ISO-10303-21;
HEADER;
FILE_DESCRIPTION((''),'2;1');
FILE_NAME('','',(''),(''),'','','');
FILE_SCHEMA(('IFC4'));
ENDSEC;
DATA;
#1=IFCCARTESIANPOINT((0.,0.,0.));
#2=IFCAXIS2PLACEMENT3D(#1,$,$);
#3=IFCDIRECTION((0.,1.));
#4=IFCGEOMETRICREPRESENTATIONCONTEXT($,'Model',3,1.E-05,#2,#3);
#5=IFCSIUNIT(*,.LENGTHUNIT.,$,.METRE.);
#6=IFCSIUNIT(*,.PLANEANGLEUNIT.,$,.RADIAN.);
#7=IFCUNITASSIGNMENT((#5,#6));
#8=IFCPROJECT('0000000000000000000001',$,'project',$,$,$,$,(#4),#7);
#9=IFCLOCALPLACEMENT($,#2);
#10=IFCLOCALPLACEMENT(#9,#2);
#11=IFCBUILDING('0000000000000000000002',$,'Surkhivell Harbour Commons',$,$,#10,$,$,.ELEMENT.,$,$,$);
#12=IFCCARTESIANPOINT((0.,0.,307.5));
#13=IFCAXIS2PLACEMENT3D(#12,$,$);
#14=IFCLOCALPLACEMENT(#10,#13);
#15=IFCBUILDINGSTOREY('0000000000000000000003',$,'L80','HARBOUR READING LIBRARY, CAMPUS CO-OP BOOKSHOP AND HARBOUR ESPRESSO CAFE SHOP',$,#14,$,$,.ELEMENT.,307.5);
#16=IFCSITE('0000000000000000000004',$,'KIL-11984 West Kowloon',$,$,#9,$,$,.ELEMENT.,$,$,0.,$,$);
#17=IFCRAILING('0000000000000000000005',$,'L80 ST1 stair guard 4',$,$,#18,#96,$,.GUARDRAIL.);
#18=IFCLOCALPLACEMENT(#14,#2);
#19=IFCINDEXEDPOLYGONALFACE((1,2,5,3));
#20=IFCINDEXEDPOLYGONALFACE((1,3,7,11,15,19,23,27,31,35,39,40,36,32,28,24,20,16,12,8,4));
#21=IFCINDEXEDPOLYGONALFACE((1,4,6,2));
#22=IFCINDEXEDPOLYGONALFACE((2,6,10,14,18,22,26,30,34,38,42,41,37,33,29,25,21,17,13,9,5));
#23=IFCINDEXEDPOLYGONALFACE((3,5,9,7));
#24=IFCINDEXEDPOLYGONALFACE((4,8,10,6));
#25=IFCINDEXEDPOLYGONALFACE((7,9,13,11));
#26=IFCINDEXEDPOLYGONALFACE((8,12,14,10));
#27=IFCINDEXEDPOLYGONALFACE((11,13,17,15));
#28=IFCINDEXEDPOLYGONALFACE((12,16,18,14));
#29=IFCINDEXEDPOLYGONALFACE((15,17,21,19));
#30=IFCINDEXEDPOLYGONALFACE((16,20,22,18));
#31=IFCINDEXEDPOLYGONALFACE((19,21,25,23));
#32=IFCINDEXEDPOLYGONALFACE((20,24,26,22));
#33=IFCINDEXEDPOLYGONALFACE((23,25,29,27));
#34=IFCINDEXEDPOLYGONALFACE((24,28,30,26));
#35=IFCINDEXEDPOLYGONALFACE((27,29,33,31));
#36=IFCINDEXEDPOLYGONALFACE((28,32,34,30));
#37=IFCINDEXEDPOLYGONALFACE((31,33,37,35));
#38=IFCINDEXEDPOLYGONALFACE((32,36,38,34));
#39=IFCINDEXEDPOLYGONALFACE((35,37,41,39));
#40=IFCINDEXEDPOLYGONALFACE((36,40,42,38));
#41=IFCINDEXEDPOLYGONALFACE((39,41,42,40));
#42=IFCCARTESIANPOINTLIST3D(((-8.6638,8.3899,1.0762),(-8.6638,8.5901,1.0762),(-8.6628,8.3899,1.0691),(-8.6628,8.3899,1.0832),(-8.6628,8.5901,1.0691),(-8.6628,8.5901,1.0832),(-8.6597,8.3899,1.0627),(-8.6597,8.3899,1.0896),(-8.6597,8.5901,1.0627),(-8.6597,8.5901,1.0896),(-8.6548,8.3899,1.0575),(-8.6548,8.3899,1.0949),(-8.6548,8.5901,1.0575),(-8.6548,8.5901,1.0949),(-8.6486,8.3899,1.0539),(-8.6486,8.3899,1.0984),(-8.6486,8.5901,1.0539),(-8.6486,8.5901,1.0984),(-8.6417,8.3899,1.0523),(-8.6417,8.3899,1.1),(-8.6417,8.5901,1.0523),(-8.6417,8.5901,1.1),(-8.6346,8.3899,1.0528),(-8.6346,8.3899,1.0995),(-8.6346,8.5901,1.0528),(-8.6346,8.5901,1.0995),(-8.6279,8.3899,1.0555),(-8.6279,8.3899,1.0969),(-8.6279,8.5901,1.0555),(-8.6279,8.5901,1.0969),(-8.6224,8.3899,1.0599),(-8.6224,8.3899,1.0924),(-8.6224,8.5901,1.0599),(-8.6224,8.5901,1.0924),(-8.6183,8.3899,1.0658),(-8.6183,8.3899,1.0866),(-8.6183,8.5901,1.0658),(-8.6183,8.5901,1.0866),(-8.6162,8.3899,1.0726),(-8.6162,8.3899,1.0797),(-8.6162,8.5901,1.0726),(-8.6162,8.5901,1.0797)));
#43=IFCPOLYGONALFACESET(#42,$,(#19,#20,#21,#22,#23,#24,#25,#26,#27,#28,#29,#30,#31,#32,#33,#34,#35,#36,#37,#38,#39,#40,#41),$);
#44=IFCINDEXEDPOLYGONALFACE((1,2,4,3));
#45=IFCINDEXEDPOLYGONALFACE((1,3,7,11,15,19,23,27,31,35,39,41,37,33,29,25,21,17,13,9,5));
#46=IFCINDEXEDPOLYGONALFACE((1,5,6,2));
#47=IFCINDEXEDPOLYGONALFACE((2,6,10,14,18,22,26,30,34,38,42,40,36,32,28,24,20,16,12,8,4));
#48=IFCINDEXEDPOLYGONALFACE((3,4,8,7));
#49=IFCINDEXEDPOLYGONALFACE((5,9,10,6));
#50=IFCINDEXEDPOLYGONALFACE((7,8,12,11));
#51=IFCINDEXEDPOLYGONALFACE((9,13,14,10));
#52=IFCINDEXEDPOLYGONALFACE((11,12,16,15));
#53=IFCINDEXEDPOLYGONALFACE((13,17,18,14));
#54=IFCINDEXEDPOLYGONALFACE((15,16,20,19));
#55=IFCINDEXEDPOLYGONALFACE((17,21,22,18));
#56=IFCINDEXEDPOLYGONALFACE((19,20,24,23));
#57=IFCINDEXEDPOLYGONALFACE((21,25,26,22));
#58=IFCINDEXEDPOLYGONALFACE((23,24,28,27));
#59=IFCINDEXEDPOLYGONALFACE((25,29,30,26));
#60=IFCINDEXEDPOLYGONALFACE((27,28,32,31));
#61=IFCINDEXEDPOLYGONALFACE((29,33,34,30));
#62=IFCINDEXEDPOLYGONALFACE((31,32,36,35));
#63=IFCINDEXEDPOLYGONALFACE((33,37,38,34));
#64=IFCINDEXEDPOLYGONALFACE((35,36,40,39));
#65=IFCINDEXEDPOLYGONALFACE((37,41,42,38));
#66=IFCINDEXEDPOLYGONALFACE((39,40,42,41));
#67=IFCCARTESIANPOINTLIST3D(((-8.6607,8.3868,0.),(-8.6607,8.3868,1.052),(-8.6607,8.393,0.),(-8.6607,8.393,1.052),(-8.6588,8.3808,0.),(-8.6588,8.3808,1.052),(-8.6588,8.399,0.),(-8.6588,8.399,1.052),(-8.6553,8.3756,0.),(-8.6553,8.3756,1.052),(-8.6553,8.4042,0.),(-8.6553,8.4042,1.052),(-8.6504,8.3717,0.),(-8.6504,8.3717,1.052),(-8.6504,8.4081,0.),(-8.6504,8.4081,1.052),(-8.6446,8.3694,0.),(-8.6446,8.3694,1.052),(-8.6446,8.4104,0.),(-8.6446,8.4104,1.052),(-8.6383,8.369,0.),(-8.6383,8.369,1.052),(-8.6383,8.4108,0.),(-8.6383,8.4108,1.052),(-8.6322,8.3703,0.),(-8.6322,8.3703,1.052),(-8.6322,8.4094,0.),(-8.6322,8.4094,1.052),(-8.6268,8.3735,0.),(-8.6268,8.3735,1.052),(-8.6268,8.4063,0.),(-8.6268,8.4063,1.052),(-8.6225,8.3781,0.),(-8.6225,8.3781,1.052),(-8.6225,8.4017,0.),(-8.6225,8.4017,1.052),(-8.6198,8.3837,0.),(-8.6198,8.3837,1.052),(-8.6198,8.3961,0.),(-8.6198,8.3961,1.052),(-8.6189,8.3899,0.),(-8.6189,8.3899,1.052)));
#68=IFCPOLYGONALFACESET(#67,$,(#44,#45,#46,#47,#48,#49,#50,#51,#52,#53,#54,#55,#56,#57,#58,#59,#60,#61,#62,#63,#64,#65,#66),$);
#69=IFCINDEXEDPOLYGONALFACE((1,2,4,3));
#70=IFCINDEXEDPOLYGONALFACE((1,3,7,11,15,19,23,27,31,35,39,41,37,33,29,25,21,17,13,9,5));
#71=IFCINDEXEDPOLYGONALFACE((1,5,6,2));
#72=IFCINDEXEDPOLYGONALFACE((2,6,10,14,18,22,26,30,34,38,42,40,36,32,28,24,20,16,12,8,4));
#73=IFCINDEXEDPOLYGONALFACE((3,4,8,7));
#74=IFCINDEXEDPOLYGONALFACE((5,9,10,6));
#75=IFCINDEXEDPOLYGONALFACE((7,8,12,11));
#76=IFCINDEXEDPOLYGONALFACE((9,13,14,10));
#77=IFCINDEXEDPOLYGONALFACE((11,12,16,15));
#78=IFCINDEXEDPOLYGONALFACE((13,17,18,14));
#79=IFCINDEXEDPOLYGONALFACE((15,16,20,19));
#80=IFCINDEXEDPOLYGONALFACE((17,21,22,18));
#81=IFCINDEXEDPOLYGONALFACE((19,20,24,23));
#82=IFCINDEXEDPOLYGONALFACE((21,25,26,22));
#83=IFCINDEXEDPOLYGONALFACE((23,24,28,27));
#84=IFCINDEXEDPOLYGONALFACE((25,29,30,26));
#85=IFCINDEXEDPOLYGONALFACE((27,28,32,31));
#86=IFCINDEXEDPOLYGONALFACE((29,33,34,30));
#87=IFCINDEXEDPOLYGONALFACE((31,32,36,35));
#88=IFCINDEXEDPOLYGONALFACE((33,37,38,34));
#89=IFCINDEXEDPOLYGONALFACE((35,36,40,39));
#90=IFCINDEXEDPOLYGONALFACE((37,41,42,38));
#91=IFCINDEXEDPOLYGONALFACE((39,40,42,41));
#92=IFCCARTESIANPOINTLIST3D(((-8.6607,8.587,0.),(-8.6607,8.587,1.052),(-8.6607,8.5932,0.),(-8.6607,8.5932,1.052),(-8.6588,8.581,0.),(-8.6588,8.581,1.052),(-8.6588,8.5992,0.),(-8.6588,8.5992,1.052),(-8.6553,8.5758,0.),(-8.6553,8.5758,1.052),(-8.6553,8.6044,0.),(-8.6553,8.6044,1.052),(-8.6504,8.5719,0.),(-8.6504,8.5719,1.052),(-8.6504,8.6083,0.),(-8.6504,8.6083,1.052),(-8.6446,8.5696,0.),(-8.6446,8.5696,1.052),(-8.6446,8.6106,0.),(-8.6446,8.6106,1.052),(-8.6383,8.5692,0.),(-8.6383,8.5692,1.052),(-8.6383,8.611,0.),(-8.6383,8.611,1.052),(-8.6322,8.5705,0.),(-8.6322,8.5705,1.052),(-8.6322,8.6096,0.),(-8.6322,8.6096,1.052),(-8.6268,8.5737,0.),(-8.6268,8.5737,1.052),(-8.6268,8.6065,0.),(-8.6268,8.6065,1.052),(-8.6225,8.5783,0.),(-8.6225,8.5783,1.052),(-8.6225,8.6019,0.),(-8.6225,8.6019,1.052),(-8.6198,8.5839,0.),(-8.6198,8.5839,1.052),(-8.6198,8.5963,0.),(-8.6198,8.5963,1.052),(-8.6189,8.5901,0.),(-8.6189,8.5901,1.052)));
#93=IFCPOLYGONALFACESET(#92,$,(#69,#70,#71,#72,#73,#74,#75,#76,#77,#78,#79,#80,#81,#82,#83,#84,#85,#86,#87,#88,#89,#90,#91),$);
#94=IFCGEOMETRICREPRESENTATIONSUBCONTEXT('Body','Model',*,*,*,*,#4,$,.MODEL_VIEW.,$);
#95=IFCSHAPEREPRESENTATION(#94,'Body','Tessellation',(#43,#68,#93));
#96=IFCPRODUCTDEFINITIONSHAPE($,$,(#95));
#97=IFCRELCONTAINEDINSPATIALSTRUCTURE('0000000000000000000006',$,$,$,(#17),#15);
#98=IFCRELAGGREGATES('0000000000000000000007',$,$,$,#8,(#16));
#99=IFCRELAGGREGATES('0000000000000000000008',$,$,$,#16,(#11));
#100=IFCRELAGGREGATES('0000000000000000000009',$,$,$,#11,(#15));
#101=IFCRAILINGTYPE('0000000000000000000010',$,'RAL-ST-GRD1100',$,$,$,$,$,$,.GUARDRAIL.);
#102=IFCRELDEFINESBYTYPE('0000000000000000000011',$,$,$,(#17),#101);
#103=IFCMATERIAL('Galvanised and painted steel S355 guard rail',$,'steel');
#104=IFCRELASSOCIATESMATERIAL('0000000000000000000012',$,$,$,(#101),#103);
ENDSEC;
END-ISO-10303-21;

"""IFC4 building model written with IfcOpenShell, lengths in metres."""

from ifc_helpers import new_model, si_unit, direction, frame, origin, origin_2d, place, context, subcontext, project, spatial, circle, extrude, material, type_object, element, save


model = new_model("IFC4")

# Units and contexts
model_context = context("Model", 3, precision=1e-05, world=origin(), true_north=direction((0.0, 1.0)))
body_context = subcontext(model_context, "Body", "Model", "MODEL_VIEW")
ifc_project = project(units=[si_unit("LENGTHUNIT", "METRE"), si_unit("PLANEANGLEUNIT", "RADIAN")], contexts=[model_context])

# Site, building, storey
site_placement = place(None, origin())
site = spatial("IfcSite", under=ifc_project, at=site_placement, Name="KIL-11984 West Kowloon", CompositionType="ELEMENT", RefElevation=0.0)
building_placement = place(site_placement, origin())
building = spatial("IfcBuilding", under=site, at=building_placement, Name="Surkhivell Harbour Commons", CompositionType="ELEMENT")
storey_placement = place(building_placement, frame((0.0, 0.0, 307.5)))
storey = spatial("IfcBuildingStorey", under=building, at=storey_placement, Name="L80", Description="HARBOUR READING LIBRARY, CAMPUS CO-OP BOOKSHOP AND HARBOUR ESPRESSO CAFE SHOP", CompositionType="ELEMENT", Elevation=307.5)

# Railing
ifc_material_1 = material(Name="Galvanised and painted steel S355 guard rail", Category="steel")
railing_type_1 = type_object("IfcRailingType", Name="RAL-ST-GRD1100", PredefinedType="GUARDRAIL", material=ifc_material_1)
railing_1_placement = place(storey_placement, frame((-8.6399, 8.3899, 0.0)))
element("IfcRailing", 1, at=railing_1_placement, inside=storey, type_object=railing_type_1, Name="L80 ST1 stair guard 4", PredefinedType="GUARDRAIL", context=body_context, shape_type="SweptSolid", body=[
    extrude(circle(Radius=0.0239, at=origin_2d()), frame((0.0, 0.0, 1.0762), z_axis=(0.0, 1.0, 0.0), x_axis=(-1.0, 0.0, 0.0)), (0.0, 0.0, 1.0), 0.2002),
    extrude(circle(Radius=0.021, at=origin_2d()), origin(), (0.0, 0.0, 1.0), 1.052),
    extrude(circle(Radius=0.021, at=origin_2d()), frame((0.0, 0.2002, 0.0)), (0.0, 0.0, 1.0), 1.052),
])

save(model, "model.ifc")
